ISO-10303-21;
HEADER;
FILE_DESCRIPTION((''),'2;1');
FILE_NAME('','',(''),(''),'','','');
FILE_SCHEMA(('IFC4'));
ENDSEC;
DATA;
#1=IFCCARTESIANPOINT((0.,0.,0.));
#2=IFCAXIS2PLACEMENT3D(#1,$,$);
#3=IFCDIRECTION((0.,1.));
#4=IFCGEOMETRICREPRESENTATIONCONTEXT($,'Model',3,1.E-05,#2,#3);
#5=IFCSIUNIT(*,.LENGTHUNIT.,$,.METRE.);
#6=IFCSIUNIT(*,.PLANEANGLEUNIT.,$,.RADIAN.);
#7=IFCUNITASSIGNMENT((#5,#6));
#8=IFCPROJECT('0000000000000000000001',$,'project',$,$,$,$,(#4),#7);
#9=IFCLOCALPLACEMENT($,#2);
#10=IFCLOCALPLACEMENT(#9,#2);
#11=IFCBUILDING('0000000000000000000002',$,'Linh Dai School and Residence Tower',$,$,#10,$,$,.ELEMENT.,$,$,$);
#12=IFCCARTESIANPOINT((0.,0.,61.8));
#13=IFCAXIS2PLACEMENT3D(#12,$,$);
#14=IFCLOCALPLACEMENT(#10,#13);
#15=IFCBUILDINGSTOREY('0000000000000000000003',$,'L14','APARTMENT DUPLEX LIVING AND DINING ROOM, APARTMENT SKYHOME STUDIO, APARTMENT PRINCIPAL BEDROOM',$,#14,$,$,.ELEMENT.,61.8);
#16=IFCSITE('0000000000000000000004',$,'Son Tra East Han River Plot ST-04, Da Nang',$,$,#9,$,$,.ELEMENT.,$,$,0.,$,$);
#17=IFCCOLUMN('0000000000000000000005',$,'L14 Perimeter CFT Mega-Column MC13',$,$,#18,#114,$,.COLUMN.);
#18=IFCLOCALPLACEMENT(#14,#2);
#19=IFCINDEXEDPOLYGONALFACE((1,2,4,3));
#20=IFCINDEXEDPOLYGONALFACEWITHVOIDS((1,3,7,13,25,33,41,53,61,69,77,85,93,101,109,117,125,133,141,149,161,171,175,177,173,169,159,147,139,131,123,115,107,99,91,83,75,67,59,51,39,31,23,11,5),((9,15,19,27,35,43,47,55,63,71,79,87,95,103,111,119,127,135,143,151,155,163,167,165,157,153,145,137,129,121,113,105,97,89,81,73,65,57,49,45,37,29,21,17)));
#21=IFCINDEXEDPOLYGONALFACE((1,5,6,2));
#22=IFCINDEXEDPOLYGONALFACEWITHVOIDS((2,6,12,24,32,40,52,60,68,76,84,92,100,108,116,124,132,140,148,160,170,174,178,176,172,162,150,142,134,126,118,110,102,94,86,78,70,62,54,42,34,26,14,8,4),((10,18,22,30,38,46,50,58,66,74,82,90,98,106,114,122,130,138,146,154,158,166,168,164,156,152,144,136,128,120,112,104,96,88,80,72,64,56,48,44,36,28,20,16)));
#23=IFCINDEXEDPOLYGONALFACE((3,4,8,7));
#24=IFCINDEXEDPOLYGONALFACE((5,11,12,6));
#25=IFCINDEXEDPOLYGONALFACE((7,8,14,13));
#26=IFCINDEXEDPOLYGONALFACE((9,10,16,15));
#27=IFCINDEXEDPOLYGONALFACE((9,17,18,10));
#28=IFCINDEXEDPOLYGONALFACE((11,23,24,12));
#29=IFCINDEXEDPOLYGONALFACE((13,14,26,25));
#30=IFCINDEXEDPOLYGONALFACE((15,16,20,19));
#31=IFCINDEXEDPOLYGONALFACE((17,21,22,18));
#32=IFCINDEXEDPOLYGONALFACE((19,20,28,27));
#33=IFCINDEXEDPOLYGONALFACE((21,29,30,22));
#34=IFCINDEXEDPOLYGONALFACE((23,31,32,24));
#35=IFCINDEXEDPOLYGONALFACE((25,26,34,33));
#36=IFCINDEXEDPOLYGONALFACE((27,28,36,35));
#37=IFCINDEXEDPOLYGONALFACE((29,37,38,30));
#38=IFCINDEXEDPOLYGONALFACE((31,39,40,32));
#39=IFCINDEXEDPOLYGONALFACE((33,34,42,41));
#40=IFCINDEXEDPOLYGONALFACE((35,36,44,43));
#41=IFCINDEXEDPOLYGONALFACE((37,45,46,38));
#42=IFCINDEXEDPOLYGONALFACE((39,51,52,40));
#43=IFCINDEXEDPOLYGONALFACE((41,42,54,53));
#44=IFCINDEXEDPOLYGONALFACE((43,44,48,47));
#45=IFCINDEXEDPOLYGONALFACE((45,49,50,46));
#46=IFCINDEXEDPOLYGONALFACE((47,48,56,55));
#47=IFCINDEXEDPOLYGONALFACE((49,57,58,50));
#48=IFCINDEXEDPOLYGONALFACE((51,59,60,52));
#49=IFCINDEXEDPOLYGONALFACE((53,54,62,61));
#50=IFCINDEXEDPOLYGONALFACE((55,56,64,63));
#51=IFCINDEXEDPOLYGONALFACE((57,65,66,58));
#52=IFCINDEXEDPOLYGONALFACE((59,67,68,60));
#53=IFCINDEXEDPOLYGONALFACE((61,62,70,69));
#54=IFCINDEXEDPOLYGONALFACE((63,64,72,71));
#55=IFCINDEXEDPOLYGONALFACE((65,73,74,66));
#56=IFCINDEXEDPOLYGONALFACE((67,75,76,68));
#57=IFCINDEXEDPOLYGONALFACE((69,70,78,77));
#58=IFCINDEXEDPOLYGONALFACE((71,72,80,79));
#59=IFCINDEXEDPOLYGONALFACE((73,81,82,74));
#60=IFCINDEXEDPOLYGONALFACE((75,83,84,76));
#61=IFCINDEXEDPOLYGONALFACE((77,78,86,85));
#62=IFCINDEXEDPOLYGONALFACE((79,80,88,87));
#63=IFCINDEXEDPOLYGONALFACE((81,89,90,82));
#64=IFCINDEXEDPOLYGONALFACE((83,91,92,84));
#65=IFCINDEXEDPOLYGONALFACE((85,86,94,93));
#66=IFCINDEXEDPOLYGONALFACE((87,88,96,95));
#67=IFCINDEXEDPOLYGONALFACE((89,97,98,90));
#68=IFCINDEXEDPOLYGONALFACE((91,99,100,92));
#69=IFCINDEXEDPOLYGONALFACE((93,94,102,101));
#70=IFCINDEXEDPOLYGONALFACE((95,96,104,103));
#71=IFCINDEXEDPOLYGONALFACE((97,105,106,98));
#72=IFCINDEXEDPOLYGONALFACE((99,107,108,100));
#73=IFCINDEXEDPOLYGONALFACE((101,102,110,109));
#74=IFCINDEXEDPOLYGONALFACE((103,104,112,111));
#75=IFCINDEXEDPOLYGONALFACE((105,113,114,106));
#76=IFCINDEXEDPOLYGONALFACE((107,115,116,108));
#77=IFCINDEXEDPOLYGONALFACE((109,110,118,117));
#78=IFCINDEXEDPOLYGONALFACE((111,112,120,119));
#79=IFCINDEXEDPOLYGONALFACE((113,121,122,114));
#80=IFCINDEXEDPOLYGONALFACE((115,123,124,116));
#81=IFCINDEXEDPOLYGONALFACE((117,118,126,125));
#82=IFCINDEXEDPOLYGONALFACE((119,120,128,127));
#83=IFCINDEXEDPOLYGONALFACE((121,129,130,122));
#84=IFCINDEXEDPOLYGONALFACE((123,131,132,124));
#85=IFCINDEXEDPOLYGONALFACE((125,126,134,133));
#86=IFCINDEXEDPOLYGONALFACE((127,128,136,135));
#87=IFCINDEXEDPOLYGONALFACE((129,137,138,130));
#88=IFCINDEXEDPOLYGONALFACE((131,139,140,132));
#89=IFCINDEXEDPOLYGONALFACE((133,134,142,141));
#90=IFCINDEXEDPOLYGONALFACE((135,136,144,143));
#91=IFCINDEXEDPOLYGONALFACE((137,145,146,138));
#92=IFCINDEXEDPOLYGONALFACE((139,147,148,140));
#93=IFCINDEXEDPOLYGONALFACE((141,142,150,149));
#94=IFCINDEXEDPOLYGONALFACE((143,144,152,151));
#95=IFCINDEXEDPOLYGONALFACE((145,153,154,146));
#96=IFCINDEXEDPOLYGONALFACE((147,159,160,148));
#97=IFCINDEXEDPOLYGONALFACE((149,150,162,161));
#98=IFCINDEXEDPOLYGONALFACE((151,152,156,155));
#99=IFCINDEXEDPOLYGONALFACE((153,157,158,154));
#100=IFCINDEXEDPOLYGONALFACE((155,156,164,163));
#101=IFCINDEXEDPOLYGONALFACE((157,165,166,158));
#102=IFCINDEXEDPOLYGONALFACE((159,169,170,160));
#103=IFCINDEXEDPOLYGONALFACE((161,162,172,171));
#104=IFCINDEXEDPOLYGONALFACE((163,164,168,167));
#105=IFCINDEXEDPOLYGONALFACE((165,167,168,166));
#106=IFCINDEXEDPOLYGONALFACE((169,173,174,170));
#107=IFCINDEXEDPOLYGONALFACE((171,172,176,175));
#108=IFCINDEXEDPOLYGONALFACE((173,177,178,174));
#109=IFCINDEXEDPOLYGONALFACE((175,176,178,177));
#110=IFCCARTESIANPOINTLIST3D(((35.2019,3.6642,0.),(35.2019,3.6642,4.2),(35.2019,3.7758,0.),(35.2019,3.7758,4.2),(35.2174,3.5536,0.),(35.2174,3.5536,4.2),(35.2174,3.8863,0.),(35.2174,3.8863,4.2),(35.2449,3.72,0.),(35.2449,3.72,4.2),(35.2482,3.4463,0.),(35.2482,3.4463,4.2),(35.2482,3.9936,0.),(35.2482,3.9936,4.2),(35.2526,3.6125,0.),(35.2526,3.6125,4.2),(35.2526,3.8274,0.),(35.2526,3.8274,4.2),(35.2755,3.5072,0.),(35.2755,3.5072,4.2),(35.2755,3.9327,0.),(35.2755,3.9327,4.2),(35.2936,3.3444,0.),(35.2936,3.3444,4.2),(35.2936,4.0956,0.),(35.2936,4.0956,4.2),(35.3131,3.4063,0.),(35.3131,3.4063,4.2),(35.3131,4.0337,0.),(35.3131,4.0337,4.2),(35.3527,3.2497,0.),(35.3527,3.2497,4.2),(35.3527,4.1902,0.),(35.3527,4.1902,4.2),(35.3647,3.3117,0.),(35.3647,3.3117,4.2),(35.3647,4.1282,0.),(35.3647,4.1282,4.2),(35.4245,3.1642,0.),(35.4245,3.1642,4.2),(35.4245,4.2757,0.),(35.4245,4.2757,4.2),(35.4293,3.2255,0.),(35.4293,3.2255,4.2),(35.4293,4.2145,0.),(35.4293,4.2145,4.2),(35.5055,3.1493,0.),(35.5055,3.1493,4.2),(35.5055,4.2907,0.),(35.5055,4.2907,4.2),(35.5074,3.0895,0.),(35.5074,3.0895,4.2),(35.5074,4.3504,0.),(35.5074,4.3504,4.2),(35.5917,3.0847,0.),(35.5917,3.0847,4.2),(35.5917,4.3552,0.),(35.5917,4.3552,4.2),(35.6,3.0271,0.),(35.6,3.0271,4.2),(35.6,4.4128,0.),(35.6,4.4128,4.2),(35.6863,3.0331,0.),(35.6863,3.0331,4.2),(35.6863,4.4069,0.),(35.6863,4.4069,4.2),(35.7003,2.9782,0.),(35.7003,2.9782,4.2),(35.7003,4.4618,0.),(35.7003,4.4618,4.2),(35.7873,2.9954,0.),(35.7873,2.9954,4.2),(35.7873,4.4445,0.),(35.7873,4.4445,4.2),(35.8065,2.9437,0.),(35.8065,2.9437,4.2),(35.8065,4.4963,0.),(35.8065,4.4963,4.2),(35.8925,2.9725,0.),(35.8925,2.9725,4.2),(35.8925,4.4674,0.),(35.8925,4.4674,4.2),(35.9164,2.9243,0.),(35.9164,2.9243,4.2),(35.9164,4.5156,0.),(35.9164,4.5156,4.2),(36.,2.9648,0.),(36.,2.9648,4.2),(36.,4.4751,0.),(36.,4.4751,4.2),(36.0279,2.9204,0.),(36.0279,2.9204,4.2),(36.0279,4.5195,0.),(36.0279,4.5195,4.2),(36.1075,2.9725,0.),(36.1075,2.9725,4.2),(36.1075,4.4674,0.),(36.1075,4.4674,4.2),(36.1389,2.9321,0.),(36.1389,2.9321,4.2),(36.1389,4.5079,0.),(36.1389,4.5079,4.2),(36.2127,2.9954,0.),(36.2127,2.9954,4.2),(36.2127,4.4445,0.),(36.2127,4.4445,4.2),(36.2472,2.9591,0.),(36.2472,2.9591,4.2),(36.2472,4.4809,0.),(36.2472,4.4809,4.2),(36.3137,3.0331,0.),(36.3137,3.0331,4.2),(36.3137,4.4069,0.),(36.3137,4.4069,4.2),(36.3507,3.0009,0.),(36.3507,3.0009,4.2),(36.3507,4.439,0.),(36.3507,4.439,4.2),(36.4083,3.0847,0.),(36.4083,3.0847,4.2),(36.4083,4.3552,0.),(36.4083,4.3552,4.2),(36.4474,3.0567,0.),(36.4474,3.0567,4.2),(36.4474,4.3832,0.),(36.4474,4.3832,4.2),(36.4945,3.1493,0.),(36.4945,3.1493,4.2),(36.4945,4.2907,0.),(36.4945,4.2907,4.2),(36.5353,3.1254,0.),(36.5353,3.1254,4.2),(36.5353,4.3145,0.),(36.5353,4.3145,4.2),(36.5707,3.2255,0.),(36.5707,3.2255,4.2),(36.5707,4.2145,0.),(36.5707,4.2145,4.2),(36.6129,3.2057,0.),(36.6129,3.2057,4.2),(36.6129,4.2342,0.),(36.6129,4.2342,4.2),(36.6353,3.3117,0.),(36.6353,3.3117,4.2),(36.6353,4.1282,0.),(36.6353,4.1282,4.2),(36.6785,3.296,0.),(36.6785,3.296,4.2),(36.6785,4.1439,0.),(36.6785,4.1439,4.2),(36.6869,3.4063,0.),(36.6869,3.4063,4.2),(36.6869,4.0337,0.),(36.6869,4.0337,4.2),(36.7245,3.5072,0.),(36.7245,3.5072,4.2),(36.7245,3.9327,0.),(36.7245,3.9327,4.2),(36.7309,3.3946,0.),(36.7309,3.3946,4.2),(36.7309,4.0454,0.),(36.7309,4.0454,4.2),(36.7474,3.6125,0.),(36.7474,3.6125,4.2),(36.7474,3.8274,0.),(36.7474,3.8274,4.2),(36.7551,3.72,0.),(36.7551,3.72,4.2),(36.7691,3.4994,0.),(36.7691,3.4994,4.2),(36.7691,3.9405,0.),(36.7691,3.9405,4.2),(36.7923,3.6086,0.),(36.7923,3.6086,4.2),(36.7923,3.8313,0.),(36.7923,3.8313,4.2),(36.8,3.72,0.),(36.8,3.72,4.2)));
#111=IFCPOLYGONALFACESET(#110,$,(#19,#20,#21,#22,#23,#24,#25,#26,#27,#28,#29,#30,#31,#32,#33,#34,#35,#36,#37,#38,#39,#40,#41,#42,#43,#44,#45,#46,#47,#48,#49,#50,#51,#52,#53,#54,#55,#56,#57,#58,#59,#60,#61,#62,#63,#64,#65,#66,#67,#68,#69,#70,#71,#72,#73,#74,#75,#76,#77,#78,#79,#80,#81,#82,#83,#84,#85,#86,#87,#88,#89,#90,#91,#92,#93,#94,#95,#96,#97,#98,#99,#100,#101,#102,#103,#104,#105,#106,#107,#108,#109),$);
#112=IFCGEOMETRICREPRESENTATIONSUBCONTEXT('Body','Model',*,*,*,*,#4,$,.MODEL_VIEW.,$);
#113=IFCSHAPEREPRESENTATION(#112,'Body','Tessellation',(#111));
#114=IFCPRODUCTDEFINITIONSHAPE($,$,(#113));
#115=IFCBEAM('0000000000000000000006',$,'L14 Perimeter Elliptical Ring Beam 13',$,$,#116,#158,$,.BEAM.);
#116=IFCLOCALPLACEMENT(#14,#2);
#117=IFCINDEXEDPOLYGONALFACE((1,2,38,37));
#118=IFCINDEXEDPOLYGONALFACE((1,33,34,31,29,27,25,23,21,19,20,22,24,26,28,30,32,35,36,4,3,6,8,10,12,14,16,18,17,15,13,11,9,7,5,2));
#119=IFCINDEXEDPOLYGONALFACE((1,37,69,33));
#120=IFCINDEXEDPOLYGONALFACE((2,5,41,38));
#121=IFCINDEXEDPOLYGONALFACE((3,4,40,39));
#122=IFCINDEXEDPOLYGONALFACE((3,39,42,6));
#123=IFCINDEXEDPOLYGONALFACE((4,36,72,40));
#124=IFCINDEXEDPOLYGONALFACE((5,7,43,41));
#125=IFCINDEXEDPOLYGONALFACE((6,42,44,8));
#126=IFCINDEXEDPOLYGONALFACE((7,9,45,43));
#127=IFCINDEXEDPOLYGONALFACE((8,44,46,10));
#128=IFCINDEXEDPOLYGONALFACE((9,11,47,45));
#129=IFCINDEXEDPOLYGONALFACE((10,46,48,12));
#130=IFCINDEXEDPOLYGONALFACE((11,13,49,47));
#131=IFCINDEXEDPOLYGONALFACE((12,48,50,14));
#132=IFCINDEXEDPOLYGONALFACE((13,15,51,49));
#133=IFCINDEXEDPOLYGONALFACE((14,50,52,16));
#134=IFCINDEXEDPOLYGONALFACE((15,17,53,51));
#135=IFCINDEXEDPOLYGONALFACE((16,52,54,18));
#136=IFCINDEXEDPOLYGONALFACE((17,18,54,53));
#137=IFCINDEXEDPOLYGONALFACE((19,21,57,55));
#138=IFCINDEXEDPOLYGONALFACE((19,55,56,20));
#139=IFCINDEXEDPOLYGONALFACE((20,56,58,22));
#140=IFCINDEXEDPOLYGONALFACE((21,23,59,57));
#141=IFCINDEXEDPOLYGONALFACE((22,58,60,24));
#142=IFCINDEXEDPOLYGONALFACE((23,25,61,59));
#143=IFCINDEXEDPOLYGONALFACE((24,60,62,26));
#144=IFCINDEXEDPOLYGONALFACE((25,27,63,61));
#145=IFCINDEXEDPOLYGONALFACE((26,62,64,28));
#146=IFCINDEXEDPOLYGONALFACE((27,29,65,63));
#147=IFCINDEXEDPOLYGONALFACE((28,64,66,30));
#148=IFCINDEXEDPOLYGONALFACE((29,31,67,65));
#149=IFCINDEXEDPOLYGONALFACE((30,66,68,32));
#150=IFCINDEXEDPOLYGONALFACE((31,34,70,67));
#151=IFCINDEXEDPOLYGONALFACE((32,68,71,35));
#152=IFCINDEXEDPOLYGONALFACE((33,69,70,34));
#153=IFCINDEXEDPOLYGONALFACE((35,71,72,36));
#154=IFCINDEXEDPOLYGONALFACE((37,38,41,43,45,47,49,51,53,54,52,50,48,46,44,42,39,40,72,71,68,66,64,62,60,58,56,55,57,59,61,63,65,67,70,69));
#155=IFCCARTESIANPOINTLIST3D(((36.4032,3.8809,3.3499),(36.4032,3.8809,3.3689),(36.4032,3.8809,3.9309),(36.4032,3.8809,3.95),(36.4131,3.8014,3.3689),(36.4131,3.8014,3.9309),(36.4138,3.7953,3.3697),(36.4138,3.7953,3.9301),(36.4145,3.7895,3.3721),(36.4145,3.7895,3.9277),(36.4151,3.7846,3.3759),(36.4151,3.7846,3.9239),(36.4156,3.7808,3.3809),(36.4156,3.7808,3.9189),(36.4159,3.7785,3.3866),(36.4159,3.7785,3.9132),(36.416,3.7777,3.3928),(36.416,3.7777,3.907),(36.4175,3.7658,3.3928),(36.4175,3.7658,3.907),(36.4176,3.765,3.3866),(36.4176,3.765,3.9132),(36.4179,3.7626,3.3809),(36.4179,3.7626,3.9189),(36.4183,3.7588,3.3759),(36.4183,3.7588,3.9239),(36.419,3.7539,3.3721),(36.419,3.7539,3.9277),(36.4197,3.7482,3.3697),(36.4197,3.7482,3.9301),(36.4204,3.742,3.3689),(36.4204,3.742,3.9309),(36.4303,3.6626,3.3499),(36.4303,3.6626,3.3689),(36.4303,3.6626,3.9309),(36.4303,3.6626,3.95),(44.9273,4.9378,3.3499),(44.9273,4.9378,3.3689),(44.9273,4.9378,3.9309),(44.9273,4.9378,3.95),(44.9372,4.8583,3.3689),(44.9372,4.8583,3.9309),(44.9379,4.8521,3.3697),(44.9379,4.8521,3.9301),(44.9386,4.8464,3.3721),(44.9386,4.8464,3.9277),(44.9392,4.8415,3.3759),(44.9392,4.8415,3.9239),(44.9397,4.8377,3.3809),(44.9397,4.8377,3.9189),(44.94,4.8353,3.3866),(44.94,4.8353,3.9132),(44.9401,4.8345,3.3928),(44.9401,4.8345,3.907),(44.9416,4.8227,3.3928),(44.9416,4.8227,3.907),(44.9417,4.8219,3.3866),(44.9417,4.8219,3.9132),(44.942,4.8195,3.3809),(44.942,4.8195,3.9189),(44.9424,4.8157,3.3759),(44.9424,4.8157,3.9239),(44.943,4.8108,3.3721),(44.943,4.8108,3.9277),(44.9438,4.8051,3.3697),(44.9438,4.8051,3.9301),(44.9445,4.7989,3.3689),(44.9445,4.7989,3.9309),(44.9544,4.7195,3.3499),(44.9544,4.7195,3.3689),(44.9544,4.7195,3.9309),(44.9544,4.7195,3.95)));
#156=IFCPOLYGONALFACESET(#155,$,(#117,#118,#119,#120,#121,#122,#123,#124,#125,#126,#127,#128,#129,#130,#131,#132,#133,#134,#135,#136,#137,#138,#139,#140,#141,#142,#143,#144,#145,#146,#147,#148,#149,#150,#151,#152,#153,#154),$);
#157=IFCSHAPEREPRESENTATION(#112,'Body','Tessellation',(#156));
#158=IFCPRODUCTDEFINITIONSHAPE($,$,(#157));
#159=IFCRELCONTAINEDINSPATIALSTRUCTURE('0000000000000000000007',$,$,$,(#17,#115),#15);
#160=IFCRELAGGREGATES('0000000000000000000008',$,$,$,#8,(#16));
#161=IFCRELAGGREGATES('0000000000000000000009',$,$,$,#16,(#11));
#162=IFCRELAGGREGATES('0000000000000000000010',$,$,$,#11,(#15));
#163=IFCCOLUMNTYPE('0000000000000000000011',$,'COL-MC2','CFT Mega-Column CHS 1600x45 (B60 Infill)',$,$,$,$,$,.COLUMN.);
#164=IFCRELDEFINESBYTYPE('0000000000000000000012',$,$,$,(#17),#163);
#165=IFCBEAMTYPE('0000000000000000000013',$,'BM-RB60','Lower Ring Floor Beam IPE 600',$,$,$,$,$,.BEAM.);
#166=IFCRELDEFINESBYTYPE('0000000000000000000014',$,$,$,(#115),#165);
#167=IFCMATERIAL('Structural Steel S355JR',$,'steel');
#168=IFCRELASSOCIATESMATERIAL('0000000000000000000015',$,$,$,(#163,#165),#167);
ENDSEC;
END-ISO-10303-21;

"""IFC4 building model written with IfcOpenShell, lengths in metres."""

from ifc_helpers import new_model, si_unit, direction, frame, origin, origin_2d, place, context, subcontext, project, spatial, hollow_circle, i_section, extrude, material, material_profile, profile_set, type_object, element, save


model = new_model("IFC4")

# Units and contexts
model_context = context("Model", 3, precision=1e-05, world=origin(), true_north=direction((0.0, 1.0)))
body_context = subcontext(model_context, "Body", "Model", "MODEL_VIEW")
ifc_project = project(units=[si_unit("LENGTHUNIT", "METRE"), si_unit("PLANEANGLEUNIT", "RADIAN")], contexts=[model_context])

# Site, building, storey
site_placement = place(None, origin())
site = spatial("IfcSite", under=ifc_project, at=site_placement, Name="Son Tra East Han River Plot ST-04, Da Nang", CompositionType="ELEMENT", RefElevation=0.0)
building_placement = place(site_placement, origin())
building = spatial("IfcBuilding", under=site, at=building_placement, Name="Linh Dai School and Residence Tower", CompositionType="ELEMENT")
storey_placement = place(building_placement, frame((0.0, 0.0, 61.8)))
storey = spatial("IfcBuildingStorey", under=building, at=storey_placement, Name="L14", Description="APARTMENT DUPLEX LIVING AND DINING ROOM, APARTMENT SKYHOME STUDIO, APARTMENT PRINCIPAL BEDROOM", CompositionType="ELEMENT", Elevation=61.8)

# Column
ifc_material_1 = material(Name="Structural Steel S355JR", Category="steel")
ifc_material_profile_1 = material_profile(ifc_material_1, hollow_circle(Radius=0.8, WallThickness=0.0449, at=origin_2d()), Name="CHS 1600x45")
ifc_profile_set_1 = profile_set([ifc_material_profile_1], Name="Structural Steel S355JR")
column_type = type_object("IfcColumnType", Name="COL-MC2", Description="CFT Mega-Column CHS 1600x45 (B60 Infill)", PredefinedType="COLUMN", material=ifc_profile_set_1)
column_placement = place(storey_placement, frame((36.0, 3.72, 0.0), z_axis=(0.0, 0.0, 1.0), x_axis=(1.0, 0.0, 0.0)))
element("IfcColumn", 1, at=column_placement, inside=storey, type_object=column_type, Name="L14 Perimeter CFT Mega-Column MC13", PredefinedType="COLUMN", context=body_context, shape_type="SweptSolid", body=[
    extrude(hollow_circle(Radius=0.8, WallThickness=0.0449, at=origin_2d()), origin(), (0.0, 0.0, 1.0), 4.2),
])

# Beam
ifc_material_profile_2 = material_profile(ifc_material_1, i_section(OverallWidth=0.22, OverallDepth=0.6001, WebThickness=0.012, FlangeThickness=0.019, FilletRadius=0.0239, at=origin_2d()), Name="IPE 600")
ifc_profile_set_2 = profile_set([ifc_material_profile_2], Name="Structural Steel S355JR")
beam_type_1 = type_object("IfcBeamType", Name="BM-RB60", Description="Lower Ring Floor Beam IPE 600", PredefinedType="BEAM", material=ifc_profile_set_2)
beam_1_placement = place(storey_placement, frame((36.4167, 3.7717, 3.6499), z_axis=(0.992401, 0.123045, 0.0), x_axis=(-0.123045, 0.992401, 0.0)))
element("IfcBeam", 2, at=beam_1_placement, inside=storey, type_object=beam_type_1, Name="L14 Perimeter Elliptical Ring Beam 13", PredefinedType="BEAM", context=body_context, shape_type="SweptSolid", body=[
    extrude(i_section(OverallWidth=0.22, OverallDepth=0.6001, WebThickness=0.012, FlangeThickness=0.019, FilletRadius=0.0239, at=origin_2d()), origin(), (0.0, 0.0, 1.0), 8.5894),
])

save(model, "model.ifc")
